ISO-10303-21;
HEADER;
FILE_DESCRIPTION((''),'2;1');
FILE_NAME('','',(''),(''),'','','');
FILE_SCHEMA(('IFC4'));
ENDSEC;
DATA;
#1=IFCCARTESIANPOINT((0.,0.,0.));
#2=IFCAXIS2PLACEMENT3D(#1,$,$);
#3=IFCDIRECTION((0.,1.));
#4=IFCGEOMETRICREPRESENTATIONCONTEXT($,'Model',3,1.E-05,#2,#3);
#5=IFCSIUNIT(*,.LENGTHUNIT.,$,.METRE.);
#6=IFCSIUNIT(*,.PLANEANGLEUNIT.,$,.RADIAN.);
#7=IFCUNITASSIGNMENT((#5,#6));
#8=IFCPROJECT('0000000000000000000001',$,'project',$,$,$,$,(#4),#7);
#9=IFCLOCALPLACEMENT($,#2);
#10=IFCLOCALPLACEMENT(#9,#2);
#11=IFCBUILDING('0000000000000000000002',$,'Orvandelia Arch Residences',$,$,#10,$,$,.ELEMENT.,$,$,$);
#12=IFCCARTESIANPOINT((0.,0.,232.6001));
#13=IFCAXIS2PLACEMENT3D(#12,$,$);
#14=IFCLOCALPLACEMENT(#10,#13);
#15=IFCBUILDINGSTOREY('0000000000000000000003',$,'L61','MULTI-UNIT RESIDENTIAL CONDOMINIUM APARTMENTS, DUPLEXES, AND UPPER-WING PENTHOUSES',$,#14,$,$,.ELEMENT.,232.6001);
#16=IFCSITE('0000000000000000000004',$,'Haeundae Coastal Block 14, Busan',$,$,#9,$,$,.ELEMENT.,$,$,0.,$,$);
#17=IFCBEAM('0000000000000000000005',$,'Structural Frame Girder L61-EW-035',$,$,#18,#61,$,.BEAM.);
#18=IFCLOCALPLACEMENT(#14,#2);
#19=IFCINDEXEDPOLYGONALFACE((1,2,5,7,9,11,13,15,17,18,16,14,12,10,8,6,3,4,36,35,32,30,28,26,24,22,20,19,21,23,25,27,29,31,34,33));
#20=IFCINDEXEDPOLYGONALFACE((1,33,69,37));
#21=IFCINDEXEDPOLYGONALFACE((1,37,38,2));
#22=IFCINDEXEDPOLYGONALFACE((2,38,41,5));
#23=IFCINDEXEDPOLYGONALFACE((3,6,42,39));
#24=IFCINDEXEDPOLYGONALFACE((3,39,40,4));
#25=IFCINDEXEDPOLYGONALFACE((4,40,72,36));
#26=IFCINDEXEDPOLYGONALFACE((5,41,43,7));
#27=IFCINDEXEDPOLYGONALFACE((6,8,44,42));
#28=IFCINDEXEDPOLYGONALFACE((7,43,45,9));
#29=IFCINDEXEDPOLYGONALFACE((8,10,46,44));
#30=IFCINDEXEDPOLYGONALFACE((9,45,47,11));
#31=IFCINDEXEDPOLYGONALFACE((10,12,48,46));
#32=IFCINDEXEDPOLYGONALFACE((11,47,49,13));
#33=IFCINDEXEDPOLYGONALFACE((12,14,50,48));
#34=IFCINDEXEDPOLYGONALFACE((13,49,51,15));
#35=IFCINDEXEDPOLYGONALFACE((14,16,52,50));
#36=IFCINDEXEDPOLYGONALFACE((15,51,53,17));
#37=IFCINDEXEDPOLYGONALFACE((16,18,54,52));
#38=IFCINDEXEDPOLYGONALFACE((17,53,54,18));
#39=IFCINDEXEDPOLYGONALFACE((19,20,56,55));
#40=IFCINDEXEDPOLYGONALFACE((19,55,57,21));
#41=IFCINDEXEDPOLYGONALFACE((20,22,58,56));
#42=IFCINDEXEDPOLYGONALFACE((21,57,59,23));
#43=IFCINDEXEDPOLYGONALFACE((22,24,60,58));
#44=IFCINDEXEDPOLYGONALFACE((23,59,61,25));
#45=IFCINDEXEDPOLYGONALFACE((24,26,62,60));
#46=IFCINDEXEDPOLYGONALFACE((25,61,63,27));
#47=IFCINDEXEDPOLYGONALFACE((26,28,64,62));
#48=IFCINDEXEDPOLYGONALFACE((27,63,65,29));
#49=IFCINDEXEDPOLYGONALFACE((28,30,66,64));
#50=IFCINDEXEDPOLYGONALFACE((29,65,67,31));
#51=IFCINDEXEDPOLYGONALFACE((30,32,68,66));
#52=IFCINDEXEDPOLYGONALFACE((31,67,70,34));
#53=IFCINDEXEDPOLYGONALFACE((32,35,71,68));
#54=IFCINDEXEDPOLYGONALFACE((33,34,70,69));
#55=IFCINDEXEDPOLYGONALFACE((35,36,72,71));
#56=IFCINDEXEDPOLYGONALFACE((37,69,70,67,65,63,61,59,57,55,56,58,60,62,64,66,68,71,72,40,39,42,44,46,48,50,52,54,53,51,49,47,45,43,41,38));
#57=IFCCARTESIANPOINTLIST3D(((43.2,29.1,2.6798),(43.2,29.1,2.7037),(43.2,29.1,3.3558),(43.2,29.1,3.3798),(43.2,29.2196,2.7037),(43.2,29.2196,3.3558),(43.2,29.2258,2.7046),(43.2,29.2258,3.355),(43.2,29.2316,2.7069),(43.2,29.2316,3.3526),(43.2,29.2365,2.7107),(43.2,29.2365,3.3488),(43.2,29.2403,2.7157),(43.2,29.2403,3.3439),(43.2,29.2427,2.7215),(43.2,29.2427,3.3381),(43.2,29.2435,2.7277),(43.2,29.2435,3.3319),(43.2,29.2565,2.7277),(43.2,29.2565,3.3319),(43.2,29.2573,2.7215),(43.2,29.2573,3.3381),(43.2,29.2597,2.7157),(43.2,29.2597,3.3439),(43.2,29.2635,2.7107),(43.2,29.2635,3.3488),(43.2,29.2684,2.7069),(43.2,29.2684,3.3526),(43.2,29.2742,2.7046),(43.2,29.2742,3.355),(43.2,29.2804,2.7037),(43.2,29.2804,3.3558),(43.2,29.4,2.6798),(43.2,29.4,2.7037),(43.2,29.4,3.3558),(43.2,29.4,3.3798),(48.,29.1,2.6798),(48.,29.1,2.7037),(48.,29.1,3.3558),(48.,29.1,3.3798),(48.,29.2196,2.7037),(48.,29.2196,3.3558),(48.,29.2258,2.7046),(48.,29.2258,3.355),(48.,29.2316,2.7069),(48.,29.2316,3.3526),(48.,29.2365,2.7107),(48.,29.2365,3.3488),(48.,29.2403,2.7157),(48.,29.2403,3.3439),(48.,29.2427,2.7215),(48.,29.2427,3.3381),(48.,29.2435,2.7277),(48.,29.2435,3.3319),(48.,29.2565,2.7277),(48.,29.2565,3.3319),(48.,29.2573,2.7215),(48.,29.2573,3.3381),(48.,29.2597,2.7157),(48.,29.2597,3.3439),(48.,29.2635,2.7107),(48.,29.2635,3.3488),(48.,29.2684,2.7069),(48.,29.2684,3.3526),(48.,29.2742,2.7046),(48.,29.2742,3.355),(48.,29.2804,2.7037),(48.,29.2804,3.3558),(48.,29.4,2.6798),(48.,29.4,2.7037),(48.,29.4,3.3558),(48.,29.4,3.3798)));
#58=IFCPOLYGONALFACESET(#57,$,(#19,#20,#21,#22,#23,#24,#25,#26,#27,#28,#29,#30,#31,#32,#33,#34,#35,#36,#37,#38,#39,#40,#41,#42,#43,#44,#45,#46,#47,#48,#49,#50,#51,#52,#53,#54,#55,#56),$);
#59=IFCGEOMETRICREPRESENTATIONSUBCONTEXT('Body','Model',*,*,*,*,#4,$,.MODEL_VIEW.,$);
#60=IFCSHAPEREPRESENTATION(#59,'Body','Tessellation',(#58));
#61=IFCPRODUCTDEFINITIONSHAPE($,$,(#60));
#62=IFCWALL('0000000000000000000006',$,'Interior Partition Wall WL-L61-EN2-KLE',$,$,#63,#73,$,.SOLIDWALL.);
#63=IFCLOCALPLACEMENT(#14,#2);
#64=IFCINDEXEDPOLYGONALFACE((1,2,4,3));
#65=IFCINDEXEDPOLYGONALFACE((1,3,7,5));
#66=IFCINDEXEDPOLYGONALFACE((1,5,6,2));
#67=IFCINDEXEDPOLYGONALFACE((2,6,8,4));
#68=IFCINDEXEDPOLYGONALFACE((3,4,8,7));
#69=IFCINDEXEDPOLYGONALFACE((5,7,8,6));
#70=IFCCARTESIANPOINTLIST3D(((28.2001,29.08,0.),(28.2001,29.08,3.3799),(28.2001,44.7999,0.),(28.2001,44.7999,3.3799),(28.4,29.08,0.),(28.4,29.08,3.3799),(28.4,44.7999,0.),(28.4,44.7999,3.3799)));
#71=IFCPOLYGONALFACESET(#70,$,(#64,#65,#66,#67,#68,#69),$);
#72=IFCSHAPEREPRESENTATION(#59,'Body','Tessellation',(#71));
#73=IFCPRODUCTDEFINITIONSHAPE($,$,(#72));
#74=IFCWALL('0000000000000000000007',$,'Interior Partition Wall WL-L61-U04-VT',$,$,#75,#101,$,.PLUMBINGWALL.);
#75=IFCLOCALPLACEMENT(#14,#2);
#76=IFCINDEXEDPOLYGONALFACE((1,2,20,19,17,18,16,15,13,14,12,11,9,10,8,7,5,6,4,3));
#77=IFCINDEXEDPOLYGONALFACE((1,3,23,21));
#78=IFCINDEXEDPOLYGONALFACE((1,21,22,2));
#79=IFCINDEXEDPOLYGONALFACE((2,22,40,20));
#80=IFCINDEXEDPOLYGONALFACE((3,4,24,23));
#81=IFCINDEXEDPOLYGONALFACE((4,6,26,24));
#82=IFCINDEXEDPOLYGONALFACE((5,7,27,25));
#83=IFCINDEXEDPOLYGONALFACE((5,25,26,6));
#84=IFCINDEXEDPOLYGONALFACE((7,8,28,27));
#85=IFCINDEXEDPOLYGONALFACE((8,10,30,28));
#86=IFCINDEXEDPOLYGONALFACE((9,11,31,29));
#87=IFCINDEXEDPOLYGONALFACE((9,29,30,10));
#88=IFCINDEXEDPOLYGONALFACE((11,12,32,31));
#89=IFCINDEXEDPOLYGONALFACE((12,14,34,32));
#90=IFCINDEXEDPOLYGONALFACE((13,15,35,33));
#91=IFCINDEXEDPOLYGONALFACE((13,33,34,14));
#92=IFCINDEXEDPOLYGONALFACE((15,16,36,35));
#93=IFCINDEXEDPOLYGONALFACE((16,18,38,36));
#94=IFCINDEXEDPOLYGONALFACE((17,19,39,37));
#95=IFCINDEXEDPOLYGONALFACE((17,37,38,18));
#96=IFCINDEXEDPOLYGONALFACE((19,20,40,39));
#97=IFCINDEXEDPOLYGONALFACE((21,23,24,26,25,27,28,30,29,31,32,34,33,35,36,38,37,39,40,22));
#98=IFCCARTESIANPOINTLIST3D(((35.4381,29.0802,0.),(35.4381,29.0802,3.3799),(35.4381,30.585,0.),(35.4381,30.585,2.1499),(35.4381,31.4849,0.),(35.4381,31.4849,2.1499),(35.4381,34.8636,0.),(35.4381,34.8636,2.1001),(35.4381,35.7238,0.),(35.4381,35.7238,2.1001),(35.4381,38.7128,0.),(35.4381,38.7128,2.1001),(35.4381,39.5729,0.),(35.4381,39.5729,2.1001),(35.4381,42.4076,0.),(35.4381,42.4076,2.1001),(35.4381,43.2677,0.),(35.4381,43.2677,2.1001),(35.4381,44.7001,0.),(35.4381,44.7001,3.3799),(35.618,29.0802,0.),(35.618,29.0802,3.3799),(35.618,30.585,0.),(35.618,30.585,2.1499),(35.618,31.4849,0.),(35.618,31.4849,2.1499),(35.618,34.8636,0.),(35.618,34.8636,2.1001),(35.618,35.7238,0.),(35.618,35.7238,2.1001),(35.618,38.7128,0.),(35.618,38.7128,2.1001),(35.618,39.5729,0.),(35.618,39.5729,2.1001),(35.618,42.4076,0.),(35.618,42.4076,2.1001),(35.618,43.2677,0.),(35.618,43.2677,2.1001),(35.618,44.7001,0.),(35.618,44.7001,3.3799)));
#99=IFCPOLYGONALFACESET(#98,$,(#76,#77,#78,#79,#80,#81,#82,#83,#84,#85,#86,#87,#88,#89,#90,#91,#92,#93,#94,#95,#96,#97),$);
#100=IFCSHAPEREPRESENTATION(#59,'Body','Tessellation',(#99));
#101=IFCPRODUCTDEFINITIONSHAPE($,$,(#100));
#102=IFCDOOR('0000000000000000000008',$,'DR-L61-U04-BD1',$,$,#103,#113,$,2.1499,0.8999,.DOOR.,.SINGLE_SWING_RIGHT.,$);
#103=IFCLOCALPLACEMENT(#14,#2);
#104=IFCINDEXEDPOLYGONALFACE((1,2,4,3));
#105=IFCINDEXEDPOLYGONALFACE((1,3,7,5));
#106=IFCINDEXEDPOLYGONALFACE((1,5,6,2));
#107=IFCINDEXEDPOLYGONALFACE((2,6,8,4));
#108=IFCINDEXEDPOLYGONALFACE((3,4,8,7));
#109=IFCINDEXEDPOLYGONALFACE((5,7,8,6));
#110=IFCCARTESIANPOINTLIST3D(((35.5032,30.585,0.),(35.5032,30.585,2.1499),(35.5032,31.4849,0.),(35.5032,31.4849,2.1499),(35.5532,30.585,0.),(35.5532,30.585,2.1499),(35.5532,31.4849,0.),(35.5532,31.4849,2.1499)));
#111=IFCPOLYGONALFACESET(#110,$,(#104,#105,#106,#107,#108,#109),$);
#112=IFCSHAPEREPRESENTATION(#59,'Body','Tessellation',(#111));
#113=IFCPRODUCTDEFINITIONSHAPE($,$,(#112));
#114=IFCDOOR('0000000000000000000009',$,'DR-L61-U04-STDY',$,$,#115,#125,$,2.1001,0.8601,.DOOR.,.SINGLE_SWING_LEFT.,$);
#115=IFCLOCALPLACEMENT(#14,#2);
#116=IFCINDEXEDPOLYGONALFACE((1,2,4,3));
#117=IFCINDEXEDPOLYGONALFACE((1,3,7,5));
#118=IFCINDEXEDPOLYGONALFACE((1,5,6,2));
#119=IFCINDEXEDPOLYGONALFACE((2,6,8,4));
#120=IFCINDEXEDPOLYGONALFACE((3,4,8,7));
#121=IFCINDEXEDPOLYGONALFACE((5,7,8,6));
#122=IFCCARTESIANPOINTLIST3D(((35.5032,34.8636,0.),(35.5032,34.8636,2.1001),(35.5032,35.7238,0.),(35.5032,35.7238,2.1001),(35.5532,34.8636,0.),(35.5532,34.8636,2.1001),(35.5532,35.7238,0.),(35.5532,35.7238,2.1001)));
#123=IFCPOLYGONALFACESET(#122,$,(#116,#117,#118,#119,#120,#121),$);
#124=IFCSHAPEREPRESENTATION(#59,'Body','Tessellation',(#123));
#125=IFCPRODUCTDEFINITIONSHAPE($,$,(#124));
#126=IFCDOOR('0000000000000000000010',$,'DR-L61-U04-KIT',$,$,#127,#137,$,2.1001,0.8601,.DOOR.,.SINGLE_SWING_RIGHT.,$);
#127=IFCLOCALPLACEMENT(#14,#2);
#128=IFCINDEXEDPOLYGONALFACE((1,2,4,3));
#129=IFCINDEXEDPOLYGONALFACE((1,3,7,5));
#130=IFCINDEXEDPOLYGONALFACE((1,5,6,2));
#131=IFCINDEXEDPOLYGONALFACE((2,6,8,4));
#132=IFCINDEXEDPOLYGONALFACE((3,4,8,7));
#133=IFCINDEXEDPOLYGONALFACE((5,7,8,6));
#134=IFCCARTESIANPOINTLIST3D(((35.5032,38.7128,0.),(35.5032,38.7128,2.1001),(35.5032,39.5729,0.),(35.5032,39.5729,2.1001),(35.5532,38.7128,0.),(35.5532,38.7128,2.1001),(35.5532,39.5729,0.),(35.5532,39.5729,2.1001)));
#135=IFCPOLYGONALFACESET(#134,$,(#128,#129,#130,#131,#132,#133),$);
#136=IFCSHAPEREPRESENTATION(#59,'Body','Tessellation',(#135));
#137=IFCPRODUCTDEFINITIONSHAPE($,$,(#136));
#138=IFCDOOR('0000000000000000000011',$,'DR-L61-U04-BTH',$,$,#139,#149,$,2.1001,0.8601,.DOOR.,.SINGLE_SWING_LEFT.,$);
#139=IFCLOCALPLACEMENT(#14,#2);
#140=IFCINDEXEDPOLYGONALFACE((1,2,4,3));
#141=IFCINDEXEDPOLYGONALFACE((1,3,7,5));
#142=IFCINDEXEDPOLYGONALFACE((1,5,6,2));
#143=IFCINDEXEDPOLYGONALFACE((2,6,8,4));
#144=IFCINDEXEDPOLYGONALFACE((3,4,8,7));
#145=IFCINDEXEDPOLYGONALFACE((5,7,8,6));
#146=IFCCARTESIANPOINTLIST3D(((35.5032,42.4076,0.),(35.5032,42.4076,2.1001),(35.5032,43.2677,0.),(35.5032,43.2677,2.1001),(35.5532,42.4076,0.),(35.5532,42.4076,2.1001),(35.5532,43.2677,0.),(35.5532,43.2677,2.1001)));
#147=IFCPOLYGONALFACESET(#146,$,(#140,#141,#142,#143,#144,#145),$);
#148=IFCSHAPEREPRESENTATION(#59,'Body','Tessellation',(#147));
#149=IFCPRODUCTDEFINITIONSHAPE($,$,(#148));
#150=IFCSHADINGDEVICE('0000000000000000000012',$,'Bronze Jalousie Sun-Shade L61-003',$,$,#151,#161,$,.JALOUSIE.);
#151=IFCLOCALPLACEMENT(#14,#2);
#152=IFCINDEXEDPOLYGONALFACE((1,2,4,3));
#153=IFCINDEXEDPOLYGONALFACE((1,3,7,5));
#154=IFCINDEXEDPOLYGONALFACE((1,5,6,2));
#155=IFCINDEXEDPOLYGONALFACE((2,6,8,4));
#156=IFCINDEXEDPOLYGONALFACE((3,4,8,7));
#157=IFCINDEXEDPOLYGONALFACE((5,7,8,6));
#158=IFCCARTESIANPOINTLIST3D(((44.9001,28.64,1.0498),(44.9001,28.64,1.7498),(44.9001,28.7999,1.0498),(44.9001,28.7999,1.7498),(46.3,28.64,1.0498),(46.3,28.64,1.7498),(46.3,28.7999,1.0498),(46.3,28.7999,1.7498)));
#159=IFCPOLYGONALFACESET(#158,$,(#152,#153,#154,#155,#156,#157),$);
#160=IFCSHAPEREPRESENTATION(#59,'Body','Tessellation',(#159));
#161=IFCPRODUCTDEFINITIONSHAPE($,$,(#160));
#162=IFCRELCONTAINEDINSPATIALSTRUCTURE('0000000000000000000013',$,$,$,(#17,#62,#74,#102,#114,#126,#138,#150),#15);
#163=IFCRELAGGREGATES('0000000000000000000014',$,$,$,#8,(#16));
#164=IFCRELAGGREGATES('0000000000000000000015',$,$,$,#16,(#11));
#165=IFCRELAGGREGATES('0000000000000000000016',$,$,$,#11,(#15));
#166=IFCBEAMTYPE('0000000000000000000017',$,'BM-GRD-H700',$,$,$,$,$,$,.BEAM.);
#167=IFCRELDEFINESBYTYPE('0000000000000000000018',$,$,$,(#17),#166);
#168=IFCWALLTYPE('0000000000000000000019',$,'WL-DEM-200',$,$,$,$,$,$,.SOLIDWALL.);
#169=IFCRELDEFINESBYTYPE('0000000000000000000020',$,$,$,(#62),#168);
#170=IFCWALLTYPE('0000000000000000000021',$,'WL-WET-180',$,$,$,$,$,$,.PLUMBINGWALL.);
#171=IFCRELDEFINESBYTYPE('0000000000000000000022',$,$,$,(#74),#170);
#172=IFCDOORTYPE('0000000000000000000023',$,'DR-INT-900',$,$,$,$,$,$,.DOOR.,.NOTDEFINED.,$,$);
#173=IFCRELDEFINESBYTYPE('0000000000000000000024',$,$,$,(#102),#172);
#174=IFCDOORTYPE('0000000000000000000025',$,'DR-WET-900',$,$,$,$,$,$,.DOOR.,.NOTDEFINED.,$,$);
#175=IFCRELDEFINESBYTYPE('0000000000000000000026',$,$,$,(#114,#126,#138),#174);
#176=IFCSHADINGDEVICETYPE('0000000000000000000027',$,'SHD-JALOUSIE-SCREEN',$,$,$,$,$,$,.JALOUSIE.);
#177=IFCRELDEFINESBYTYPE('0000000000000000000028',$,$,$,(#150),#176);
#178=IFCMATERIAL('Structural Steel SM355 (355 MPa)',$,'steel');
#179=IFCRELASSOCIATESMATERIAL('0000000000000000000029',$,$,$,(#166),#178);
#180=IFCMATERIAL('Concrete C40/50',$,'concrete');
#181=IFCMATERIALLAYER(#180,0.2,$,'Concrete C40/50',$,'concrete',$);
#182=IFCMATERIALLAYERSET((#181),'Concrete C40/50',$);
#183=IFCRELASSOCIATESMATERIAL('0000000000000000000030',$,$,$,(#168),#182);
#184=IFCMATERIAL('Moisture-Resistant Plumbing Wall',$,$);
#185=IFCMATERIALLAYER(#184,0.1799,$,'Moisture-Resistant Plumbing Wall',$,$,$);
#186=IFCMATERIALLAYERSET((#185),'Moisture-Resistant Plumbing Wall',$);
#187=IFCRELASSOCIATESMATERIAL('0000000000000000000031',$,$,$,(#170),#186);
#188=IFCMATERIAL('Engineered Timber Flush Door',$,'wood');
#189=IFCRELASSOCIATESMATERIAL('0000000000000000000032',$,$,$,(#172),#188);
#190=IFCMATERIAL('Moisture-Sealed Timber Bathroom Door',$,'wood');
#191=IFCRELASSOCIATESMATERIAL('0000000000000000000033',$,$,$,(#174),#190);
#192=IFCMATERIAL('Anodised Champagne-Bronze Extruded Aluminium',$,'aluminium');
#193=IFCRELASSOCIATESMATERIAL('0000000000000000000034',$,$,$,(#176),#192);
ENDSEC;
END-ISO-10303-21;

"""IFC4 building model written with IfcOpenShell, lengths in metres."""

from ifc_helpers import new_model, si_unit, direction, frame, frame_2d, origin, origin_2d, place, context, subcontext, project, spatial, rectangle, i_section, extrude, material, layer, layer_set, material_profile, profile_set, type_object, element, fill, save


model = new_model("IFC4")

# Units and contexts
model_context = context("Model", 3, precision=1e-05, world=origin(), true_north=direction((0.0, 1.0)))
body_context = subcontext(model_context, "Body", "Model", "MODEL_VIEW")
ifc_project = project(units=[si_unit("LENGTHUNIT", "METRE"), si_unit("PLANEANGLEUNIT", "RADIAN")], contexts=[model_context])

# Site, building, storey
site_placement = place(None, origin())
site = spatial("IfcSite", under=ifc_project, at=site_placement, Name="Haeundae Coastal Block 14, Busan", CompositionType="ELEMENT", RefElevation=0.0)
building_placement = place(site_placement, origin())
building = spatial("IfcBuilding", under=site, at=building_placement, Name="Orvandelia Arch Residences", CompositionType="ELEMENT")
storey_placement = place(building_placement, frame((0.0, 0.0, 232.6001)))
storey = spatial("IfcBuildingStorey", under=building, at=storey_placement, Name="L61", Description="MULTI-UNIT RESIDENTIAL CONDOMINIUM APARTMENTS, DUPLEXES, AND UPPER-WING PENTHOUSES", CompositionType="ELEMENT", Elevation=232.6001)

# Beam
ifc_material_1 = material(Name="Structural Steel SM355 (355 MPa)", Category="steel")
ifc_material_profile_1 = material_profile(ifc_material_1, i_section(OverallWidth=0.3, OverallDepth=0.7, WebThickness=0.0129, FlangeThickness=0.0239, FilletRadius=0.0239, at=origin_2d()), Name="Structural Steel SM355 (355 MPa)", Category="steel")
ifc_profile_set_1 = profile_set([ifc_material_profile_1], Name="Structural Steel SM355 (355 MPa)")
beam_type = type_object("IfcBeamType", Name="BM-GRD-H700", PredefinedType="BEAM", material=ifc_profile_set_1)
for number, where, z_axis, x_axis, name in (
    (1, (43.2, 29.25, 3.0298), (1.0, 0.0, 0.0), (0.0, 1.0, 0.0), "Structural Frame Girder L61-EW-035"),
):
    element("IfcBeam", number, at=place(storey_placement, frame(where, z_axis=z_axis, x_axis=x_axis)), inside=storey, type_object=beam_type, Name=name, PredefinedType="BEAM", context=body_context, shape_type="SweptSolid", body=[
        extrude(i_section(OverallWidth=0.3, OverallDepth=0.7, WebThickness=0.0129, FlangeThickness=0.0239, FilletRadius=0.0239, at=origin_2d()), origin(), (0.0, 0.0, 1.0), 4.8),
    ])

# Wall
ifc_material_2 = material(Name="Concrete C40/50", Category="concrete")
ifc_layer_1 = layer(ifc_material_2, 0.2, Name="Concrete C40/50", Category="concrete")
ifc_layer_set_1 = layer_set([ifc_layer_1], Name="Concrete C40/50")
wall_type_1 = type_object("IfcWallType", Name="WL-DEM-200", PredefinedType="SOLIDWALL", material=ifc_layer_set_1)
wall_1_placement = place(storey_placement, frame((28.3, 29.0801, 0.0), z_axis=(0.0, 0.0, 1.0), x_axis=(0.0, 1.0, 0.0)))
element("IfcWall", 2, at=wall_1_placement, inside=storey, type_object=wall_type_1, Name="Interior Partition Wall WL-L61-EN2-KLE", PredefinedType="SOLIDWALL", context=body_context, shape_type="SweptSolid", body=[
    extrude(rectangle(XDim=15.72, YDim=0.2, at=frame_2d((7.8599, 0.0))), origin(), (0.0, 0.0, 1.0), 3.3799),
])

# Wall, openings, doors
ifc_material_3 = material(Name="Moisture-Resistant Plumbing Wall")
ifc_layer_2 = layer(ifc_material_3, 0.1799, Name="Moisture-Resistant Plumbing Wall")
ifc_layer_set_2 = layer_set([ifc_layer_2], Name="Moisture-Resistant Plumbing Wall")
wall_type_2 = type_object("IfcWallType", Name="WL-WET-180", PredefinedType="PLUMBINGWALL", material=ifc_layer_set_2)
wall_2_placement = place(storey_placement, frame((35.5281, 29.0801, 0.0), z_axis=(0.0, 0.0, 1.0), x_axis=(0.0, 1.0, 0.0)))
wall_2 = element("IfcWall", 3, at=wall_2_placement, inside=storey, type_object=wall_type_2, Name="Interior Partition Wall WL-L61-U04-VT", PredefinedType="PLUMBINGWALL", context=body_context, shape_type="SweptSolid", body=[
    extrude(rectangle(XDim=15.6199, YDim=0.1799, at=frame_2d((7.8101, 0.0))), origin(), (0.0, 0.0, 1.0), 3.3799),
])
opening_1_placement = place(wall_2_placement, frame((1.5049, 0.0, 0.0)))
opening_1 = element("IfcOpeningElement", 4, at=opening_1_placement, cuts=wall_2, PredefinedType="OPENING", context=body_context, shape_type="SweptSolid", body=[
    extrude(rectangle(XDim=0.8999, YDim=2.1499, at=frame_2d((0.45, 1.075))), frame((0.0, 0.1001, 0.0), z_axis=(0.0, -1.0, 0.0), x_axis=(1.0, 0.0, 0.0)), (0.0, 0.0, 1.0), 0.2),
])
opening_2_placement = place(wall_2_placement, frame((5.7834, 0.0, 0.0)))
opening_2 = element("IfcOpeningElement", 5, at=opening_2_placement, cuts=wall_2, PredefinedType="OPENING", context=body_context, shape_type="SweptSolid", body=[
    extrude(rectangle(XDim=0.8601, YDim=2.1001, at=frame_2d((0.4302, 1.05))), frame((0.0, 0.1001, 0.0), z_axis=(0.0, -1.0, 0.0), x_axis=(1.0, 0.0, 0.0)), (0.0, 0.0, 1.0), 0.2),
])
opening_3_placement = place(wall_2_placement, frame((9.6326, 0.0, 0.0)))
opening_3 = element("IfcOpeningElement", 6, at=opening_3_placement, cuts=wall_2, PredefinedType="OPENING", context=body_context, shape_type="SweptSolid", body=[
    extrude(rectangle(XDim=0.8601, YDim=2.1001, at=frame_2d((0.4302, 1.05))), frame((0.0, 0.1001, 0.0), z_axis=(0.0, -1.0, 0.0), x_axis=(1.0, 0.0, 0.0)), (0.0, 0.0, 1.0), 0.2),
])
opening_4_placement = place(wall_2_placement, frame((13.3274, 0.0, 0.0)))
opening_4 = element("IfcOpeningElement", 7, at=opening_4_placement, cuts=wall_2, PredefinedType="OPENING", context=body_context, shape_type="SweptSolid", body=[
    extrude(rectangle(XDim=0.8601, YDim=2.1001, at=frame_2d((0.4302, 1.05))), frame((0.0, 0.1001, 0.0), z_axis=(0.0, -1.0, 0.0), x_axis=(1.0, 0.0, 0.0)), (0.0, 0.0, 1.0), 0.2),
])
ifc_material_4 = material(Name="Engineered Timber Flush Door", Category="wood")
door_type_1 = type_object("IfcDoorType", Name="DR-INT-900", OperationType="NOTDEFINED", PredefinedType="DOOR", material=ifc_material_4)
door_1_placement = place(opening_1_placement, origin())
door_1 = element("IfcDoor", 8, at=door_1_placement, inside=storey, type_object=door_type_1, Name="DR-L61-U04-BD1", OperationType="SINGLE_SWING_RIGHT", OverallHeight=2.1499, OverallWidth=0.8999, PredefinedType="DOOR", context=body_context, shape_type="SweptSolid", body=[
    extrude(rectangle(XDim=0.8999, YDim=2.1499, at=frame_2d((0.45, 1.075))), frame((0.0, 0.0249, 0.0), z_axis=(0.0, -1.0, 0.0), x_axis=(1.0, 0.0, 0.0)), (0.0, 0.0, 1.0), 0.05),
])
fill(opening_1, door_1)
ifc_material_5 = material(Name="Moisture-Sealed Timber Bathroom Door", Category="wood")
door_type_2 = type_object("IfcDoorType", Name="DR-WET-900", OperationType="NOTDEFINED", PredefinedType="DOOR", material=ifc_material_5)
door_2_placement = place(opening_2_placement, origin())
door_2 = element("IfcDoor", 9, at=door_2_placement, inside=storey, type_object=door_type_2, Name="DR-L61-U04-STDY", OperationType="SINGLE_SWING_LEFT", OverallHeight=2.1001, OverallWidth=0.8601, PredefinedType="DOOR", context=body_context, shape_type="SweptSolid", body=[
    extrude(rectangle(XDim=0.8601, YDim=2.1001, at=frame_2d((0.4302, 1.05))), frame((0.0, 0.0249, 0.0), z_axis=(0.0, -1.0, 0.0), x_axis=(1.0, 0.0, 0.0)), (0.0, 0.0, 1.0), 0.05),
])
fill(opening_2, door_2)
door_3_placement = place(opening_3_placement, origin())
door_3 = element("IfcDoor", 10, at=door_3_placement, inside=storey, type_object=door_type_2, Name="DR-L61-U04-KIT", OperationType="SINGLE_SWING_RIGHT", OverallHeight=2.1001, OverallWidth=0.8601, PredefinedType="DOOR", context=body_context, shape_type="SweptSolid", body=[
    extrude(rectangle(XDim=0.8601, YDim=2.1001, at=frame_2d((0.4302, 1.05))), frame((0.0, 0.0249, 0.0), z_axis=(0.0, -1.0, 0.0), x_axis=(1.0, 0.0, 0.0)), (0.0, 0.0, 1.0), 0.05),
])
fill(opening_3, door_3)
door_4_placement = place(opening_4_placement, origin())
door_4 = element("IfcDoor", 11, at=door_4_placement, inside=storey, type_object=door_type_2, Name="DR-L61-U04-BTH", OperationType="SINGLE_SWING_LEFT", OverallHeight=2.1001, OverallWidth=0.8601, PredefinedType="DOOR", context=body_context, shape_type="SweptSolid", body=[
    extrude(rectangle(XDim=0.8601, YDim=2.1001, at=frame_2d((0.4302, 1.05))), frame((0.0, 0.0249, 0.0), z_axis=(0.0, -1.0, 0.0), x_axis=(1.0, 0.0, 0.0)), (0.0, 0.0, 1.0), 0.05),
])
fill(opening_4, door_4)

# Shading device
ifc_material_6 = material(Name="Anodised Champagne-Bronze Extruded Aluminium", Category="aluminium")
shading_device_type = type_object("IfcShadingDeviceType", Name="SHD-JALOUSIE-SCREEN", PredefinedType="JALOUSIE", material=ifc_material_6)
shading_device_placement = place(storey_placement, frame((45.6001, 28.72, 1.0498), z_axis=(0.0, 0.0, 1.0), x_axis=(-1.0, 0.0, 0.0)))
element("IfcShadingDevice", 12, at=shading_device_placement, inside=storey, type_object=shading_device_type, Name="Bronze Jalousie Sun-Shade L61-003", PredefinedType="JALOUSIE", context=body_context, shape_type="SweptSolid", body=[
    extrude(rectangle(XDim=1.3999, YDim=0.1599, at=origin_2d()), origin(), (0.0, 0.0, 1.0), 0.7),
])

save(model, "model.ifc")
